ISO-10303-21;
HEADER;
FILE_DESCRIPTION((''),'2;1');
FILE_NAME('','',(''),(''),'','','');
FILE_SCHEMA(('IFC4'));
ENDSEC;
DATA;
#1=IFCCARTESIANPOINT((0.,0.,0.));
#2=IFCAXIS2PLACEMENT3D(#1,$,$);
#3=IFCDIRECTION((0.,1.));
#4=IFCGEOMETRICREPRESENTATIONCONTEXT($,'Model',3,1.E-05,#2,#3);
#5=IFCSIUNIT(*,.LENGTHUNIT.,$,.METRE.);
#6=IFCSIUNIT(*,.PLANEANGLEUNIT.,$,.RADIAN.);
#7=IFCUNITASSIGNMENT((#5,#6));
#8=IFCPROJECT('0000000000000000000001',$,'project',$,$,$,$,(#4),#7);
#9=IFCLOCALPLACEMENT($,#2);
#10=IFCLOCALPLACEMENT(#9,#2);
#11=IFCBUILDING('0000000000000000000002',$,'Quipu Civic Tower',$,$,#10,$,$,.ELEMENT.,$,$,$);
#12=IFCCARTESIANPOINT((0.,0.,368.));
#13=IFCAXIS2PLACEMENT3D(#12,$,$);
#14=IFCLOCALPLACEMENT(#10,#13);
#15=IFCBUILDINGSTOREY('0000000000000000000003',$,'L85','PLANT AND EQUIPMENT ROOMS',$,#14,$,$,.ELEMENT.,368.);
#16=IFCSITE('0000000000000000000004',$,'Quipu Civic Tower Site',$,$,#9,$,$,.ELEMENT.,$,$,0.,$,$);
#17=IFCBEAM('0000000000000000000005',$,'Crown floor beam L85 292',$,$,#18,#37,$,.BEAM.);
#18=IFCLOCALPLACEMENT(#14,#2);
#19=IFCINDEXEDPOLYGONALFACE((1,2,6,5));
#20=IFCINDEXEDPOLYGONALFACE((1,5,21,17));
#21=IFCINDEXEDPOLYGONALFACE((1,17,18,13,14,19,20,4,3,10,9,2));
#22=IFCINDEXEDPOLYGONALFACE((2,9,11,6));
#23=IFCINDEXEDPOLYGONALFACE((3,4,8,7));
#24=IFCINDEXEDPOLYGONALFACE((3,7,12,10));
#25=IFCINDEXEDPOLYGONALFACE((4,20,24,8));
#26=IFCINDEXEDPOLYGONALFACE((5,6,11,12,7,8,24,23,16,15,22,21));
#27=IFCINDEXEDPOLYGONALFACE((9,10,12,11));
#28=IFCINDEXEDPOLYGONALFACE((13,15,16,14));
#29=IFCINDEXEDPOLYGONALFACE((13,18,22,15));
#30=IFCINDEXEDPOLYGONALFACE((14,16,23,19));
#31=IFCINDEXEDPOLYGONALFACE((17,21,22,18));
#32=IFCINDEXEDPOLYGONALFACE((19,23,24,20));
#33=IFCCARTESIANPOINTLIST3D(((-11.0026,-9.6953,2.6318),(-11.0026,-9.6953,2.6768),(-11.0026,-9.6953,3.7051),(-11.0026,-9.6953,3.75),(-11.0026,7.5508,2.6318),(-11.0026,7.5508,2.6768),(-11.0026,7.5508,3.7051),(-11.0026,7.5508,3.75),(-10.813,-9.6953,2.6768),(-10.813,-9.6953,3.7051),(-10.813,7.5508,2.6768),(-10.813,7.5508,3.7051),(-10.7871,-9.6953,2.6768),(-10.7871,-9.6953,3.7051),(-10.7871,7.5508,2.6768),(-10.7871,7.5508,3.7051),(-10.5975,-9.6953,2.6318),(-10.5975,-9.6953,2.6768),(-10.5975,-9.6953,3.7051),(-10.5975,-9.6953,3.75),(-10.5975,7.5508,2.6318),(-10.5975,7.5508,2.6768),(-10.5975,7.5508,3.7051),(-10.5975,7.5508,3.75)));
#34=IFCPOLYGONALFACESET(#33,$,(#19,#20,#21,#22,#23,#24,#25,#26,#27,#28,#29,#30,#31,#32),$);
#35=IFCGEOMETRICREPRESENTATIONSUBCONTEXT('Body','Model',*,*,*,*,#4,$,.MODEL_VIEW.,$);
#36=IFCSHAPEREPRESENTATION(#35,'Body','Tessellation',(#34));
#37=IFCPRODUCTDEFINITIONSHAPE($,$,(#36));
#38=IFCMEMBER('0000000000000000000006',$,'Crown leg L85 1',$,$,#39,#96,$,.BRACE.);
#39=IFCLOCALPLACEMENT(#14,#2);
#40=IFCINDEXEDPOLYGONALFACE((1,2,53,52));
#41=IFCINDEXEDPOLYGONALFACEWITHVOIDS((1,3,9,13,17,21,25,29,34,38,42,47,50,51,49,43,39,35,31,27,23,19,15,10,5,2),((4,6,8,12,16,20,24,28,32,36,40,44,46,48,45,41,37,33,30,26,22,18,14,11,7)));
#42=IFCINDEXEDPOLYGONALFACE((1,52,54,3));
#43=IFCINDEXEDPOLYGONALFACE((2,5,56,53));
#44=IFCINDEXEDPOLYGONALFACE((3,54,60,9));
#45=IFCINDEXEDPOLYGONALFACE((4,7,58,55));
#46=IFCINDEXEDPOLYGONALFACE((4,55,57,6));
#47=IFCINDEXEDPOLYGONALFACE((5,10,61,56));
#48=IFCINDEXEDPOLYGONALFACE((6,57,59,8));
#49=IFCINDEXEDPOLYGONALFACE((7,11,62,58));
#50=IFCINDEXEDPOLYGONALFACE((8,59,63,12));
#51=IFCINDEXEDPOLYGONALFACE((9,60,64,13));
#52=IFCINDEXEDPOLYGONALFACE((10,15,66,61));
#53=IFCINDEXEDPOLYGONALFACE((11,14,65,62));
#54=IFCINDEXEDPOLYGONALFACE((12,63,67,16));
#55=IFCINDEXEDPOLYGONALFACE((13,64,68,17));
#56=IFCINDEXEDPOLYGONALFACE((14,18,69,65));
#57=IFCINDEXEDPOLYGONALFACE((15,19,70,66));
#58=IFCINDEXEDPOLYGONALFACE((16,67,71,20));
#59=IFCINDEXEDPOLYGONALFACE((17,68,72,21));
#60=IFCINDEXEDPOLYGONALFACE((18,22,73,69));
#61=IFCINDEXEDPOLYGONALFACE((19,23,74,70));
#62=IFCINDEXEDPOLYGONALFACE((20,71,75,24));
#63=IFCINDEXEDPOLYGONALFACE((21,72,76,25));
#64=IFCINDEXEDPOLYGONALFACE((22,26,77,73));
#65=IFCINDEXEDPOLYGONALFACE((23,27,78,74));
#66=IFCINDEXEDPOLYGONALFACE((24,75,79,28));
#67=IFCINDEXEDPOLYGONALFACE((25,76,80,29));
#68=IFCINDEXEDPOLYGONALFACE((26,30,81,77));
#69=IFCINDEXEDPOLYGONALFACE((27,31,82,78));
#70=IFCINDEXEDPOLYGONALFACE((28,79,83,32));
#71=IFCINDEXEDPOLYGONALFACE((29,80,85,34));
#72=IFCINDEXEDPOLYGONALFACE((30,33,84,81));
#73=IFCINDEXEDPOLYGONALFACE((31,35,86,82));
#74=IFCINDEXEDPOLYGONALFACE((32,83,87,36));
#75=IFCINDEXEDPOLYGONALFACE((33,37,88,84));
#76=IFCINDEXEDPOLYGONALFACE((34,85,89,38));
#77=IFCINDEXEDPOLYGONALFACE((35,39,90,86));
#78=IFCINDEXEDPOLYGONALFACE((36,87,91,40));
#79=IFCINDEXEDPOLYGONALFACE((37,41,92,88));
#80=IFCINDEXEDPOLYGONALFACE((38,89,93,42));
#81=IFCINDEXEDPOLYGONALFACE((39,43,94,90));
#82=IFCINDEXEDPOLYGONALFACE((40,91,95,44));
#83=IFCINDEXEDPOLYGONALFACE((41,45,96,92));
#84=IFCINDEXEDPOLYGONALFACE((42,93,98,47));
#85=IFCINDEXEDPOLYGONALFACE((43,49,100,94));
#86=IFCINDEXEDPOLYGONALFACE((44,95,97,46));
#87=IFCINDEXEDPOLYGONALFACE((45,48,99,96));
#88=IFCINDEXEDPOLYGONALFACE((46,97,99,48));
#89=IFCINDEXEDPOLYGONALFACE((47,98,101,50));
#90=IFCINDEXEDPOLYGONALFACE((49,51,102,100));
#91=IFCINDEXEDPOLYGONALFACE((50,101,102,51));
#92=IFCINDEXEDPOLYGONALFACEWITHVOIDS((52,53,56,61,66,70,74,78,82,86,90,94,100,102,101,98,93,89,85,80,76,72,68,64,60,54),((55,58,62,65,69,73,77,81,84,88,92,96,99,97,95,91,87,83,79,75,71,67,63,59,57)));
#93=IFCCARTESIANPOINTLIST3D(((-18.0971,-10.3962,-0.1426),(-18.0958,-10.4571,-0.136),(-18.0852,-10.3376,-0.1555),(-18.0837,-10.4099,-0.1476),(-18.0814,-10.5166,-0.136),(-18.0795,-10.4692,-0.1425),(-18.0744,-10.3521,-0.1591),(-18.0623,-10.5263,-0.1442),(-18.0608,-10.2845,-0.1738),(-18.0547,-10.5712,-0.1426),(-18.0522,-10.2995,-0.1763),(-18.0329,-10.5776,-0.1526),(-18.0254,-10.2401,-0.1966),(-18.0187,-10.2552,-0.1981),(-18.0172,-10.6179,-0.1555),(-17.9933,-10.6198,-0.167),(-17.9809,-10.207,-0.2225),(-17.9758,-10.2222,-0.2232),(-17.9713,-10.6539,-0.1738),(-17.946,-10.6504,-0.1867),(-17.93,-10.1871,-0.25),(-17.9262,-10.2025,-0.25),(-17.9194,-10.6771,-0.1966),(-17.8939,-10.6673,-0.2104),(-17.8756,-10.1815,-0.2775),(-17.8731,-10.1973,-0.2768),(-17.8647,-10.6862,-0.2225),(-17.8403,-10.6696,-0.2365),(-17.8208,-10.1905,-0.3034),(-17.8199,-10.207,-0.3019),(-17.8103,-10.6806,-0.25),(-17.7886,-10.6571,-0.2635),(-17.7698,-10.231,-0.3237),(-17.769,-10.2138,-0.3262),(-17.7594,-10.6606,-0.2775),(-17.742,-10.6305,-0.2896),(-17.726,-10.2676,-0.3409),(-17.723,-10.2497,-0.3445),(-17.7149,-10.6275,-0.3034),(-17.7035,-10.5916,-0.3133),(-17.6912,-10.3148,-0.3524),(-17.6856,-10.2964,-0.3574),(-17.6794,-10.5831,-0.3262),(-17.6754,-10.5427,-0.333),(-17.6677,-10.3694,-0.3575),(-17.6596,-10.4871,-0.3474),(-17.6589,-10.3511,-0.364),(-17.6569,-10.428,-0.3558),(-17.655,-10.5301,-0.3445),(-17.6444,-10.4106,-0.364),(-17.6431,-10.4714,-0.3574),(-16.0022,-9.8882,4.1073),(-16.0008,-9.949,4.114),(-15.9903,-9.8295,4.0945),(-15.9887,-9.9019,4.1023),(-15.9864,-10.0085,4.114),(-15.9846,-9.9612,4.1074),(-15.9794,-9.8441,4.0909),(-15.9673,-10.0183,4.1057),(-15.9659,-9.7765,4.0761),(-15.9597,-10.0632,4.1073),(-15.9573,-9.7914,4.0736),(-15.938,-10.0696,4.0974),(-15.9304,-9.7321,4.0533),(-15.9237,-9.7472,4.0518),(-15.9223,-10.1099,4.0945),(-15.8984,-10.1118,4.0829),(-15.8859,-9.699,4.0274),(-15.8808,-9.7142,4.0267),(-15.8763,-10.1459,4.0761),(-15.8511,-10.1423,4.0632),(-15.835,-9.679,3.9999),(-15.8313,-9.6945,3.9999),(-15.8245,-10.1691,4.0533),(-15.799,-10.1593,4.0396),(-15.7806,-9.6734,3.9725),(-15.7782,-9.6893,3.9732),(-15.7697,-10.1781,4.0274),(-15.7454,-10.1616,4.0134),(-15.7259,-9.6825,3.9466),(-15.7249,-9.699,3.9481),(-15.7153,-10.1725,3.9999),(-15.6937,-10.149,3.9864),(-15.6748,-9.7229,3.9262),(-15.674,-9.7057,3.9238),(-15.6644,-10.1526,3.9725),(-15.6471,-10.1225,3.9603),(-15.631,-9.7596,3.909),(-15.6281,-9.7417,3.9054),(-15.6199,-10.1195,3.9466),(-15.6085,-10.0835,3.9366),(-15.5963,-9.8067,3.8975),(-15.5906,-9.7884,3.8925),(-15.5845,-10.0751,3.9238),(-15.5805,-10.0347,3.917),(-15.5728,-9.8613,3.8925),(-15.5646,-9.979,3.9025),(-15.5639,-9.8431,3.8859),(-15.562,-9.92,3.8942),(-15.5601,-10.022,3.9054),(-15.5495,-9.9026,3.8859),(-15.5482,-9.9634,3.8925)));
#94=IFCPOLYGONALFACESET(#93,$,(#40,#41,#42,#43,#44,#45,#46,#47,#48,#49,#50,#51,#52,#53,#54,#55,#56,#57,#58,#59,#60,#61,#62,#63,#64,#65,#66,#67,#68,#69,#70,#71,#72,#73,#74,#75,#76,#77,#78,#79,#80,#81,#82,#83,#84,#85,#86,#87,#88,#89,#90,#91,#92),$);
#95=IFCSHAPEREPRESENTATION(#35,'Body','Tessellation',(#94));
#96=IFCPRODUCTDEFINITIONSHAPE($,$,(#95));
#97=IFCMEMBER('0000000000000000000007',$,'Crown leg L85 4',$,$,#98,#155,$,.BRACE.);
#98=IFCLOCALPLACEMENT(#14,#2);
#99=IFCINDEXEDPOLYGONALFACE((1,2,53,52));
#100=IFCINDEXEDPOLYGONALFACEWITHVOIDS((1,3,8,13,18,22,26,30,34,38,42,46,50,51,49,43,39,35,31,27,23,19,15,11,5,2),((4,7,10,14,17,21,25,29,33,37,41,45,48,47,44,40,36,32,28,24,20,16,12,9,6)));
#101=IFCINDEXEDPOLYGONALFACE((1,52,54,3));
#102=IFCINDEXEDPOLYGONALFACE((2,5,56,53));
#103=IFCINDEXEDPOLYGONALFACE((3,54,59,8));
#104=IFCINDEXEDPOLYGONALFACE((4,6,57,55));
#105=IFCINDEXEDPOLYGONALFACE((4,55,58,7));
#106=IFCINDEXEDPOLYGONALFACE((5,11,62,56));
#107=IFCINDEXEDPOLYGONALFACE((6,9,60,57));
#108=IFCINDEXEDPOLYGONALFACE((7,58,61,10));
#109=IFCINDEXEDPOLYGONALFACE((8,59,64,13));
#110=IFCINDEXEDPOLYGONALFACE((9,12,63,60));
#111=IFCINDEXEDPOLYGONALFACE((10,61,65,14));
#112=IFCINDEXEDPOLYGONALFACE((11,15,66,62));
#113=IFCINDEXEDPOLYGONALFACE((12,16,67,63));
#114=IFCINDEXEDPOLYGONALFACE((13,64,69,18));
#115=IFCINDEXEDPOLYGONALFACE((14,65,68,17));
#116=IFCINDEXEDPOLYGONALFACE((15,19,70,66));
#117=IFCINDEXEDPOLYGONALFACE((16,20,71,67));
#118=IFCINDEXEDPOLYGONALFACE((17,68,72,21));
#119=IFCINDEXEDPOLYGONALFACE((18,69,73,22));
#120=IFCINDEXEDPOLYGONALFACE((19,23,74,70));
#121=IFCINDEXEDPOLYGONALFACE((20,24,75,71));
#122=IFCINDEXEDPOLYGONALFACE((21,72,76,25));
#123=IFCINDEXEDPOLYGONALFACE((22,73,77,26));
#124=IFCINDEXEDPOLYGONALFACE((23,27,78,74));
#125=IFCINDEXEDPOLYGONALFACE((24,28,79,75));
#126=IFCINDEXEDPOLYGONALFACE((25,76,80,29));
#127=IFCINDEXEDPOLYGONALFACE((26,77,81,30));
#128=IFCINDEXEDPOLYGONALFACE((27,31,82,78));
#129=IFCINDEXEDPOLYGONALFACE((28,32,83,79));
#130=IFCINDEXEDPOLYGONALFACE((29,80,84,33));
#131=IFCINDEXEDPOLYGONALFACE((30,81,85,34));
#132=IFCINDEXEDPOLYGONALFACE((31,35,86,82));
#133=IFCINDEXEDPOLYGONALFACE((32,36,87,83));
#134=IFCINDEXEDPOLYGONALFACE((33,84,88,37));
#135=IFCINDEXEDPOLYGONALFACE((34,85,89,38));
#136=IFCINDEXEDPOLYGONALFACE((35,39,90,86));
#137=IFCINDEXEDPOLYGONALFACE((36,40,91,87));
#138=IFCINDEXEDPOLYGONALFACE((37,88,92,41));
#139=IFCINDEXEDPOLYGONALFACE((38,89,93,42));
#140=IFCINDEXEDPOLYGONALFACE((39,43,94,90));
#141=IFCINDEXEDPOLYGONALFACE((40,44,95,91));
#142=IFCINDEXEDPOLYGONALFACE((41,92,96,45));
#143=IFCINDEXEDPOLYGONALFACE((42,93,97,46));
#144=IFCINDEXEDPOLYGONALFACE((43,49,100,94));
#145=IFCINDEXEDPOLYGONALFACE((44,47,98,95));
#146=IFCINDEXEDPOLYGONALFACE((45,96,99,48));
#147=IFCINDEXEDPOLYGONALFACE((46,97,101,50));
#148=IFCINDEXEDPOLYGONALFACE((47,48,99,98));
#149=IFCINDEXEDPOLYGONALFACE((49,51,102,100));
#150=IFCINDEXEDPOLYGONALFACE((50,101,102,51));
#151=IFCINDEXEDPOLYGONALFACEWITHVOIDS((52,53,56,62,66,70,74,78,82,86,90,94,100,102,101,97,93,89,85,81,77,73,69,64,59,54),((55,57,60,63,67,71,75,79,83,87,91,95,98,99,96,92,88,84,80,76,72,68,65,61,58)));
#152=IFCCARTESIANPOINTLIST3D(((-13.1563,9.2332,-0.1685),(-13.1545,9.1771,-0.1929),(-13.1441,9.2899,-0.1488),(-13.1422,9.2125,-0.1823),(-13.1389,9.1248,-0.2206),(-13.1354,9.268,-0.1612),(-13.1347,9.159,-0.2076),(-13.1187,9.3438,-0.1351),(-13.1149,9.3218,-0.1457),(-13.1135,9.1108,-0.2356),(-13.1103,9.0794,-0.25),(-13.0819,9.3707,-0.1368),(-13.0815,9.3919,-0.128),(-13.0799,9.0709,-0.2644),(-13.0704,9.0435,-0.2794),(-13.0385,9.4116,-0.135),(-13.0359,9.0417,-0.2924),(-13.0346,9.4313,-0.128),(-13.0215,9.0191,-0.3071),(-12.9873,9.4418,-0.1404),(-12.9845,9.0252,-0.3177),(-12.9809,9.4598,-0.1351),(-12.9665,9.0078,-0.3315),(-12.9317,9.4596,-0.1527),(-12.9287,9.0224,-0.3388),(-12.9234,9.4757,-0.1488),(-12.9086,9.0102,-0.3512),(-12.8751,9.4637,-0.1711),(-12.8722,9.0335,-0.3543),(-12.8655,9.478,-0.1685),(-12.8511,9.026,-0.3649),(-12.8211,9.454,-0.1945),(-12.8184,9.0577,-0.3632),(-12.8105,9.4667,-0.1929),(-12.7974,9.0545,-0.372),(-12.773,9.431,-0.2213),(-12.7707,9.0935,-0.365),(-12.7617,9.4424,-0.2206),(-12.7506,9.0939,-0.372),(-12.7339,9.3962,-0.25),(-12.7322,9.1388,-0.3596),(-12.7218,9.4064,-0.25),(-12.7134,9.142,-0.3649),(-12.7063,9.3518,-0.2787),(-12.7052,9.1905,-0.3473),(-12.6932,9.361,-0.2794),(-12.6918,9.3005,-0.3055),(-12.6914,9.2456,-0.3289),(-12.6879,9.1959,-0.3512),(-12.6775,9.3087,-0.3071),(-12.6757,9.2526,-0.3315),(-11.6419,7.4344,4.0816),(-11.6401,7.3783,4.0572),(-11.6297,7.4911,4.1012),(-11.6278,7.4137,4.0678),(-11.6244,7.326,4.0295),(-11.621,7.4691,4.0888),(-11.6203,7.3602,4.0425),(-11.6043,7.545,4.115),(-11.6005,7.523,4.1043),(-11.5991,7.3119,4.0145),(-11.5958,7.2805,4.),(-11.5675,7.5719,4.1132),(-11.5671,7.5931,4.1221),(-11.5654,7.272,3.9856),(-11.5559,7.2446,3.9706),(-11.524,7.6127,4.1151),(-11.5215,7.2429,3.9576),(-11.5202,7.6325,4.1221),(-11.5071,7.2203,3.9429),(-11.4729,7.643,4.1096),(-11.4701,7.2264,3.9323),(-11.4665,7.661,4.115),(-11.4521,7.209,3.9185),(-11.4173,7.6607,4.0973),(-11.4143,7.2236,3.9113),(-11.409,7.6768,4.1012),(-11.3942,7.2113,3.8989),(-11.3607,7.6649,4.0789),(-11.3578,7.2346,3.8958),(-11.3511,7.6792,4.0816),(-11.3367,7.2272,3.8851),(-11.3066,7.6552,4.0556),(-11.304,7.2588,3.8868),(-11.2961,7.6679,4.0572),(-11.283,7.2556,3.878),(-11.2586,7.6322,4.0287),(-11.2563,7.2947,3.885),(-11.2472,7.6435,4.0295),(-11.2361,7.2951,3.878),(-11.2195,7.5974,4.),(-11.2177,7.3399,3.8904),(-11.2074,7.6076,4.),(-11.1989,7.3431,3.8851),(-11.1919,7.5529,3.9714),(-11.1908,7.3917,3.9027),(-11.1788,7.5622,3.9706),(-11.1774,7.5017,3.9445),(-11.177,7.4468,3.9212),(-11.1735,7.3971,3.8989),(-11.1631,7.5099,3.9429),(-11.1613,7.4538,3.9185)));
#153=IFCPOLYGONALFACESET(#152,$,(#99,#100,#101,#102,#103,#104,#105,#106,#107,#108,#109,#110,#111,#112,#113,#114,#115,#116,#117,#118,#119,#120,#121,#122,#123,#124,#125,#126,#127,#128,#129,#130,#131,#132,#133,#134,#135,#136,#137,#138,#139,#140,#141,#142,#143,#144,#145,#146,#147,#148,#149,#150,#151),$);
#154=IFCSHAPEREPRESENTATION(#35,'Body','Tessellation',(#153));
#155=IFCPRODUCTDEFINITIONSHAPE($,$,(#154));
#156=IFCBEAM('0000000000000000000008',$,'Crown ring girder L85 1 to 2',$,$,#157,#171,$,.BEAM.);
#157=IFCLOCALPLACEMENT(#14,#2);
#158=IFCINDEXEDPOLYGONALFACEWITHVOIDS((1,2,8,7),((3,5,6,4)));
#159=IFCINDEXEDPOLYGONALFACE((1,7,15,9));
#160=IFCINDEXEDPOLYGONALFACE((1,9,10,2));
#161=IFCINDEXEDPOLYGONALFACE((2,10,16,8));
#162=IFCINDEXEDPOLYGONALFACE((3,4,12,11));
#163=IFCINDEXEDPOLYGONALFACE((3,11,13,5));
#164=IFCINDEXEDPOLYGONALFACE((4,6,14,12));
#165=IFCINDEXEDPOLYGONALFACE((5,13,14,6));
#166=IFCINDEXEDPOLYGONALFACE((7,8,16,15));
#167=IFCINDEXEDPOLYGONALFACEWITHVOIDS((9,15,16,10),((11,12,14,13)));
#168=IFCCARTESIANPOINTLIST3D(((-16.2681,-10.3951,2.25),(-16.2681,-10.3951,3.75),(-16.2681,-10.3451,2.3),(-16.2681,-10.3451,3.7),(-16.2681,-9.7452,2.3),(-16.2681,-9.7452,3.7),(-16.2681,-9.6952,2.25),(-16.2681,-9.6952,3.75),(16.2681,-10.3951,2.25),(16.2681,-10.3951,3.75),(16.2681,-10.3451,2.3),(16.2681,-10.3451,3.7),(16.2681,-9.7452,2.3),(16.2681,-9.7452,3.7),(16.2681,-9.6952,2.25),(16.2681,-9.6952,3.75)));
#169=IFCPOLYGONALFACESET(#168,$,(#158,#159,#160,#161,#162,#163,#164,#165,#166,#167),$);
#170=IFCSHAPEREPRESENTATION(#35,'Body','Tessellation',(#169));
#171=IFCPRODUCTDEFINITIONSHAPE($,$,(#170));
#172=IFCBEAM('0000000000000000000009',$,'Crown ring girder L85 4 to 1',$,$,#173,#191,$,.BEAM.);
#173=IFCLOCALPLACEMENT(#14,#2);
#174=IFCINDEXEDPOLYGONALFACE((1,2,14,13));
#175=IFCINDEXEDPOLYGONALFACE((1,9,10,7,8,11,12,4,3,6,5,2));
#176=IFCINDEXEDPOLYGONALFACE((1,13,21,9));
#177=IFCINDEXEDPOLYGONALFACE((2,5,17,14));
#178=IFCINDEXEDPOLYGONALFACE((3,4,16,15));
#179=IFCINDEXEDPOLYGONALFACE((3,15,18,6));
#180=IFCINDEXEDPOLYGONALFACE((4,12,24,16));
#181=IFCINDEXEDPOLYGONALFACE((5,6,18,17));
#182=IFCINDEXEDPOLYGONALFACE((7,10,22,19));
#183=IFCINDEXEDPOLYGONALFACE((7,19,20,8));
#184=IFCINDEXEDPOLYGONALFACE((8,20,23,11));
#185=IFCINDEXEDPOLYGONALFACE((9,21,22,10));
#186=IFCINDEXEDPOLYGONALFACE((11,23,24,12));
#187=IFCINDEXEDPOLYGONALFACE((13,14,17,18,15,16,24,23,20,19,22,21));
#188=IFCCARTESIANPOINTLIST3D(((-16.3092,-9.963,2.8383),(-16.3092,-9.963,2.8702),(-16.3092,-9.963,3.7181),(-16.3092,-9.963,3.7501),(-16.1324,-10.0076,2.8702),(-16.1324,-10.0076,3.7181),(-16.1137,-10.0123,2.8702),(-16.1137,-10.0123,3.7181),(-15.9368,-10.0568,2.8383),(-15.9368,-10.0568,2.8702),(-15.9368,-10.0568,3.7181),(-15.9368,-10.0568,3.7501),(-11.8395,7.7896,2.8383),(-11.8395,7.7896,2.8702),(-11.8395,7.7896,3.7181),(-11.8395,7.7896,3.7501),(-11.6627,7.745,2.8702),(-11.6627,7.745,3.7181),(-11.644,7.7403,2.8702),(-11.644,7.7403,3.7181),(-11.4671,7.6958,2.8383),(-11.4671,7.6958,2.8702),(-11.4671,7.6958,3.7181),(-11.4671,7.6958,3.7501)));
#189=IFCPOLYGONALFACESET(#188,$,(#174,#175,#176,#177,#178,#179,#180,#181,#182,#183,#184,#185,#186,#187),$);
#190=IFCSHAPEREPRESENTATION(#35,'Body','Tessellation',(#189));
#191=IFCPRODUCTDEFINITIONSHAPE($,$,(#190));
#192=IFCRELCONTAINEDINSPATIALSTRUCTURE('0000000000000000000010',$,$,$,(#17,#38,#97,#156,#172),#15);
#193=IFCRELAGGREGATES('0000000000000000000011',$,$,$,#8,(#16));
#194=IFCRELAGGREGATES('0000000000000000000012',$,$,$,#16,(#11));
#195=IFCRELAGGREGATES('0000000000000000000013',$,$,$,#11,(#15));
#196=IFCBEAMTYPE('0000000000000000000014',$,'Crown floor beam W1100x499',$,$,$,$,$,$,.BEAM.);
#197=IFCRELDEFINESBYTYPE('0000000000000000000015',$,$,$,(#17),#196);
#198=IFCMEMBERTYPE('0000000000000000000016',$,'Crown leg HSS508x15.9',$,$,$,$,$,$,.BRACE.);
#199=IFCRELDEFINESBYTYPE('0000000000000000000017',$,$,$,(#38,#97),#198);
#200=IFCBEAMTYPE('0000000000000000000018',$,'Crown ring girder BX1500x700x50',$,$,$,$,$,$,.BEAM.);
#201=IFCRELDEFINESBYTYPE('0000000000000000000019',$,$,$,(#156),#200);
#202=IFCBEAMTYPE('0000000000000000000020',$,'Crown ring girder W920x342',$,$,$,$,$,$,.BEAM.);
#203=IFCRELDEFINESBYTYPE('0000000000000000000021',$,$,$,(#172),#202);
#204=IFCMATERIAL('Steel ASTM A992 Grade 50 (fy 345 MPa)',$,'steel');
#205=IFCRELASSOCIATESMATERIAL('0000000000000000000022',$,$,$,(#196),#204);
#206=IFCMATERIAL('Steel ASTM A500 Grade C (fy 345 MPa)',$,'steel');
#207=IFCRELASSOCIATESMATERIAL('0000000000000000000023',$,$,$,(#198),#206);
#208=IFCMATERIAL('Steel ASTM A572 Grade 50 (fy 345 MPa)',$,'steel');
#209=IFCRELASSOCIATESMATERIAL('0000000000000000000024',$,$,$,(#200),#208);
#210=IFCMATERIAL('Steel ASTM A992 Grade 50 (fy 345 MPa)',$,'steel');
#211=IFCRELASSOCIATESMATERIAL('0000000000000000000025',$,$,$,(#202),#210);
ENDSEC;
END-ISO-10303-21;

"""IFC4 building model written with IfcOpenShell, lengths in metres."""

from ifc_helpers import new_model, si_unit, direction, frame, origin, origin_2d, place, context, subcontext, project, spatial, hollow_rectangle, hollow_circle, i_section, extrude, material, material_profile, profile_set, type_object, element, save


model = new_model("IFC4")

# Units and contexts
model_context = context("Model", 3, precision=1e-05, world=origin(), true_north=direction((0.0, 1.0)))
body_context = subcontext(model_context, "Body", "Model", "MODEL_VIEW")
ifc_project = project(units=[si_unit("LENGTHUNIT", "METRE"), si_unit("PLANEANGLEUNIT", "RADIAN")], contexts=[model_context])

# Site, building, storey
site_placement = place(None, origin())
site = spatial("IfcSite", under=ifc_project, at=site_placement, Name="Quipu Civic Tower Site", CompositionType="ELEMENT", RefElevation=0.0)
building_placement = place(site_placement, origin())
building = spatial("IfcBuilding", under=site, at=building_placement, Name="Quipu Civic Tower", CompositionType="ELEMENT")
storey_placement = place(building_placement, frame((0.0, 0.0, 368.0)))
storey = spatial("IfcBuildingStorey", under=building, at=storey_placement, Name="L85", Description="PLANT AND EQUIPMENT ROOMS", CompositionType="ELEMENT", Elevation=368.0)

# Beam
ifc_material_1 = material(Name="Steel ASTM A992 Grade 50 (fy 345 MPa)", Category="steel")
ifc_material_profile_1 = material_profile(ifc_material_1, i_section(OverallWidth=0.405, OverallDepth=1.1182, WebThickness=0.0259, FlangeThickness=0.0449, at=origin_2d()), Name="W1100x499")
ifc_profile_set_1 = profile_set([ifc_material_profile_1], Name="Steel ASTM A992 Grade 50 (fy 345 MPa)")
beam_type_1 = type_object("IfcBeamType", Name="Crown floor beam W1100x499", PredefinedType="BEAM", material=ifc_profile_set_1)
beam_1_placement = place(storey_placement, frame((-10.8, -9.6953, 3.1909), z_axis=(0.0, 1.0, 0.0), x_axis=(-1.0, 0.0, 0.0)))
element("IfcBeam", 1, at=beam_1_placement, inside=storey, type_object=beam_type_1, Name="Crown floor beam L85 292", PredefinedType="BEAM", context=body_context, shape_type="SweptSolid", body=[
    extrude(i_section(OverallWidth=0.405, OverallDepth=1.1182, WebThickness=0.0259, FlangeThickness=0.0449, at=origin_2d()), origin(), (0.0, 0.0, 1.0), 17.2461),
])

# Members
ifc_material_2 = material(Name="Steel ASTM A500 Grade C (fy 345 MPa)", Category="steel")
ifc_material_profile_2 = material_profile(ifc_material_2, hollow_circle(Radius=0.2539, WallThickness=0.0159, at=origin_2d()), Name="HSS508x15.9")
ifc_profile_set_2 = profile_set([ifc_material_profile_2], Name="Steel ASTM A500 Grade C (fy 345 MPa)")
member_type_1 = type_object("IfcMemberType", Name="Crown leg HSS508x15.9", PredefinedType="BRACE", material=ifc_profile_set_2)
member_1_placement = place(storey_placement, frame((-17.8701, -10.4338, -0.25), z_axis=(0.439616, 0.106612, 0.891836), x_axis=(-0.235681, 0.97183, 0.0)))
element("IfcMember", 2, at=member_1_placement, inside=storey, type_object=member_type_1, Name="Crown leg L85 1", PredefinedType="BRACE", context=body_context, shape_type="SweptSolid", body=[
    extrude(hollow_circle(Radius=0.2539, WallThickness=0.0159, at=origin_2d()), origin(), (0.0, 0.0, 1.0), 4.7654),
])
member_2_placement = place(storey_placement, frame((-12.916, 9.2429, -0.25), z_axis=(0.31179, -0.370348, 0.875002), x_axis=(0.764995, 0.644037, 0.0)))
element("IfcMember", 3, at=member_2_placement, inside=storey, type_object=member_type_1, Name="Crown leg L85 4", PredefinedType="BRACE", context=body_context, shape_type="SweptSolid", body=[
    extrude(hollow_circle(Radius=0.2539, WallThickness=0.0159, at=origin_2d()), origin(), (0.0, 0.0, 1.0), 4.8572),
])

# Beams
ifc_material_3 = material(Name="Steel ASTM A572 Grade 50 (fy 345 MPa)", Category="steel")
ifc_material_profile_3 = material_profile(ifc_material_3, hollow_rectangle(XDim=0.7, YDim=1.5, WallThickness=0.05, at=origin_2d()), Name="BX1500x700x50")
ifc_profile_set_3 = profile_set([ifc_material_profile_3], Name="Steel ASTM A572 Grade 50 (fy 345 MPa)")
beam_type_2 = type_object("IfcBeamType", Name="Crown ring girder BX1500x700x50", PredefinedType="BEAM", material=ifc_profile_set_3)
beam_2_placement = place(storey_placement, frame((-16.2681, -10.0452, 3.0), z_axis=(1.0, 0.0, 0.0), x_axis=(0.0, 1.0, 0.0)))
element("IfcBeam", 4, at=beam_2_placement, inside=storey, type_object=beam_type_2, Name="Crown ring girder L85 1 to 2", PredefinedType="BEAM", context=body_context, shape_type="SweptSolid", body=[
    extrude(hollow_rectangle(XDim=0.7, YDim=1.5, WallThickness=0.05, at=origin_2d()), origin(), (0.0, 0.0, 1.0), 32.5361),
])
ifc_material_4 = material(Name="Steel ASTM A992 Grade 50 (fy 345 MPa)", Category="steel")
ifc_material_profile_4 = material_profile(ifc_material_4, i_section(OverallWidth=0.384, OverallDepth=0.9119, WebThickness=0.0193, FlangeThickness=0.032, at=origin_2d()), Name="W920x342")
ifc_profile_set_4 = profile_set([ifc_material_profile_4], Name="Steel ASTM A992 Grade 50 (fy 345 MPa)")
beam_type_3 = type_object("IfcBeamType", Name="Crown ring girder W920x342", PredefinedType="BEAM", material=ifc_profile_set_4)
beam_3_placement = place(storey_placement, frame((-11.6533, 7.7427, 3.2942), z_axis=(-0.244158, -0.969736, 0.0), x_axis=(0.969736, -0.244158, 0.0)))
element("IfcBeam", 5, at=beam_3_placement, inside=storey, type_object=beam_type_3, Name="Crown ring girder L85 4 to 1", PredefinedType="BEAM", context=body_context, shape_type="SweptSolid", body=[
    extrude(i_section(OverallWidth=0.384, OverallDepth=0.9119, WebThickness=0.0193, FlangeThickness=0.032, at=origin_2d()), origin(), (0.0, 0.0, 1.0), 18.3066),
])

save(model, "model.ifc")
